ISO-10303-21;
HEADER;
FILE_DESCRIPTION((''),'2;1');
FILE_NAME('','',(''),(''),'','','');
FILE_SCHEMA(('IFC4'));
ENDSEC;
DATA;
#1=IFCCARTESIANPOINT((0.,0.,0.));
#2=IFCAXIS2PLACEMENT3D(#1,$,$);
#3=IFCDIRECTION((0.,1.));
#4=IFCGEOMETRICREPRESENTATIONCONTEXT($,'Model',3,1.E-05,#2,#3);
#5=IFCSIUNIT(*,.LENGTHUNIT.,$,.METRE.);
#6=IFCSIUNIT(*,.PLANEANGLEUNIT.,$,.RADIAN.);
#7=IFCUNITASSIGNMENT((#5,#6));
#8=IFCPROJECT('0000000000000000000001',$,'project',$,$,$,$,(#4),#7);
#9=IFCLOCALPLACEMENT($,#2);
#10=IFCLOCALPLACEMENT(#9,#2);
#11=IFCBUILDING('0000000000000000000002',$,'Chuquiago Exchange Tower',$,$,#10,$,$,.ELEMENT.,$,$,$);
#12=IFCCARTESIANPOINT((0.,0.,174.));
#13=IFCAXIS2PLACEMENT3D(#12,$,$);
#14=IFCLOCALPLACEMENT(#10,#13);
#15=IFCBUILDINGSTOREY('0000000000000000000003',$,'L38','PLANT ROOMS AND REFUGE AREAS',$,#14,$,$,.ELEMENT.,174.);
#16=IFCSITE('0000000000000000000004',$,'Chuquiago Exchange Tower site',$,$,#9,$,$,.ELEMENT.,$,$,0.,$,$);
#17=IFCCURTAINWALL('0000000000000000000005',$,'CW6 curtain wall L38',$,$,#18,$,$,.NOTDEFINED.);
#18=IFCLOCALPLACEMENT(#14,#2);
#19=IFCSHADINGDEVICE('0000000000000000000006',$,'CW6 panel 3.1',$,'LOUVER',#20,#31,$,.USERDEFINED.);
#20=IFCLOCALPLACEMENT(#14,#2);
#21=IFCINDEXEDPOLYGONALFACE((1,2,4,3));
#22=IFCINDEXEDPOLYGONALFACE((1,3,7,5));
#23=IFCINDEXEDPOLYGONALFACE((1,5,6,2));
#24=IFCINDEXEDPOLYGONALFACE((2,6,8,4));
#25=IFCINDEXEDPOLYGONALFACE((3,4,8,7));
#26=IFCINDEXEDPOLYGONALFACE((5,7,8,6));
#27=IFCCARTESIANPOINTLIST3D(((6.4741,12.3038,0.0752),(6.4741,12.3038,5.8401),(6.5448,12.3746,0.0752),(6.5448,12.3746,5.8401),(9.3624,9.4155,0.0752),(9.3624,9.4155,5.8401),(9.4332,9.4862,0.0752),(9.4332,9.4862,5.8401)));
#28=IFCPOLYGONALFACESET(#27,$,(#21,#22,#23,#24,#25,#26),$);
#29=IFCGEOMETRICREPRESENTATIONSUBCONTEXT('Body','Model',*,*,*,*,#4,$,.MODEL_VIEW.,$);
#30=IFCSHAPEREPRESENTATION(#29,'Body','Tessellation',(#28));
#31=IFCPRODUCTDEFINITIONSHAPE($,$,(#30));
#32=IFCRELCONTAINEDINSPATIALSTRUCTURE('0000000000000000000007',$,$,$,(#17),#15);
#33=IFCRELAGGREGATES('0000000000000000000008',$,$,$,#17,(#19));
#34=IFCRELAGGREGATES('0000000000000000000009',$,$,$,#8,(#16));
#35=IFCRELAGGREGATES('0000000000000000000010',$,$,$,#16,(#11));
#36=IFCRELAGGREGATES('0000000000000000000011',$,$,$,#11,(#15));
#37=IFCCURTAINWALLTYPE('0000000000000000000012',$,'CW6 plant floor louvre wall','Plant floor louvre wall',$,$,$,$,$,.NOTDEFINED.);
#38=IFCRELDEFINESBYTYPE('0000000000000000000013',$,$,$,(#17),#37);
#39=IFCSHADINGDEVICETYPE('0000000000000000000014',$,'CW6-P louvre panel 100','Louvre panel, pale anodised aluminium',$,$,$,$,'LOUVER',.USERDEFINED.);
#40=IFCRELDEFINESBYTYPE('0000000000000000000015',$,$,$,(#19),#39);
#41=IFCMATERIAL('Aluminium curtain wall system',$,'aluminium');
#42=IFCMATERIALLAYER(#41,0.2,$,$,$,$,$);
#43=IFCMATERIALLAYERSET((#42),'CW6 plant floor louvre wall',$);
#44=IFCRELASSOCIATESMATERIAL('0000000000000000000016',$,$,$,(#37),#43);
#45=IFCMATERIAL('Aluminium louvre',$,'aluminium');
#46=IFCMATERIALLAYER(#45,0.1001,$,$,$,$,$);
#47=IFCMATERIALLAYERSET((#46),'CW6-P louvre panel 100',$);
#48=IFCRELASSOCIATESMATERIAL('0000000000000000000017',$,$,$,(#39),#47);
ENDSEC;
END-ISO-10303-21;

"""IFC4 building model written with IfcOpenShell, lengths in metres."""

from ifc_helpers import new_model, si_unit, direction, frame, origin, origin_2d, place, context, subcontext, project, spatial, rectangle, extrude, material, layer, layer_set, type_object, element, aggregate, save


model = new_model("IFC4")

# Units and contexts
model_context = context("Model", 3, precision=1e-05, world=origin(), true_north=direction((0.0, 1.0)))
body_context = subcontext(model_context, "Body", "Model", "MODEL_VIEW")
ifc_project = project(units=[si_unit("LENGTHUNIT", "METRE"), si_unit("PLANEANGLEUNIT", "RADIAN")], contexts=[model_context])

# Site, building, storey
site_placement = place(None, origin())
site = spatial("IfcSite", under=ifc_project, at=site_placement, Name="Chuquiago Exchange Tower site", CompositionType="ELEMENT", RefElevation=0.0)
building_placement = place(site_placement, origin())
building = spatial("IfcBuilding", under=site, at=building_placement, Name="Chuquiago Exchange Tower", CompositionType="ELEMENT")
storey_placement = place(building_placement, frame((0.0, 0.0, 174.0)))
storey = spatial("IfcBuildingStorey", under=building, at=storey_placement, Name="L38", Description="PLANT ROOMS AND REFUGE AREAS", CompositionType="ELEMENT", Elevation=174.0)

# Curtain wall
ifc_material_1 = material(Name="Aluminium curtain wall system", Category="aluminium")
ifc_layer_1 = layer(ifc_material_1, 0.2)
ifc_layer_set_1 = layer_set([ifc_layer_1], Name="CW6 plant floor louvre wall")
curtain_wall_type = type_object("IfcCurtainWallType", Name="CW6 plant floor louvre wall", Description="Plant floor louvre wall", PredefinedType="NOTDEFINED", material=ifc_layer_set_1)
curtain_wall_placement = place(storey_placement, origin())
curtain_wall = element("IfcCurtainWall", 1, at=curtain_wall_placement, inside=storey, type_object=curtain_wall_type, Name="CW6 curtain wall L38", PredefinedType="NOTDEFINED")

# Shading device
ifc_material_2 = material(Name="Aluminium louvre", Category="aluminium")
ifc_layer_2 = layer(ifc_material_2, 0.1001)
ifc_layer_set_2 = layer_set([ifc_layer_2], Name="CW6-P louvre panel 100")
shading_device_type = type_object("IfcShadingDeviceType", Name="CW6-P louvre panel 100", Description="Louvre panel, pale anodised aluminium", ElementType="LOUVER", PredefinedType="USERDEFINED", material=ifc_layer_set_2)
shading_device_1_placement = place(storey_placement, frame((7.9536, 10.895, 0.0752), z_axis=(0.0, 0.0, 1.0), x_axis=(0.707107, -0.707107, 0.0)))
shading_device_1 = element("IfcShadingDevice", 2, at=shading_device_1_placement, type_object=shading_device_type, Name="CW6 panel 3.1", ObjectType="LOUVER", PredefinedType="USERDEFINED", context=body_context, shape_type="SweptSolid", body=[
    extrude(rectangle(XDim=4.0847, YDim=0.1001, at=origin_2d()), origin(), (0.0, 0.0, 1.0), 5.7649),
])
aggregate(curtain_wall, [shading_device_1])

save(model, "model.ifc")
